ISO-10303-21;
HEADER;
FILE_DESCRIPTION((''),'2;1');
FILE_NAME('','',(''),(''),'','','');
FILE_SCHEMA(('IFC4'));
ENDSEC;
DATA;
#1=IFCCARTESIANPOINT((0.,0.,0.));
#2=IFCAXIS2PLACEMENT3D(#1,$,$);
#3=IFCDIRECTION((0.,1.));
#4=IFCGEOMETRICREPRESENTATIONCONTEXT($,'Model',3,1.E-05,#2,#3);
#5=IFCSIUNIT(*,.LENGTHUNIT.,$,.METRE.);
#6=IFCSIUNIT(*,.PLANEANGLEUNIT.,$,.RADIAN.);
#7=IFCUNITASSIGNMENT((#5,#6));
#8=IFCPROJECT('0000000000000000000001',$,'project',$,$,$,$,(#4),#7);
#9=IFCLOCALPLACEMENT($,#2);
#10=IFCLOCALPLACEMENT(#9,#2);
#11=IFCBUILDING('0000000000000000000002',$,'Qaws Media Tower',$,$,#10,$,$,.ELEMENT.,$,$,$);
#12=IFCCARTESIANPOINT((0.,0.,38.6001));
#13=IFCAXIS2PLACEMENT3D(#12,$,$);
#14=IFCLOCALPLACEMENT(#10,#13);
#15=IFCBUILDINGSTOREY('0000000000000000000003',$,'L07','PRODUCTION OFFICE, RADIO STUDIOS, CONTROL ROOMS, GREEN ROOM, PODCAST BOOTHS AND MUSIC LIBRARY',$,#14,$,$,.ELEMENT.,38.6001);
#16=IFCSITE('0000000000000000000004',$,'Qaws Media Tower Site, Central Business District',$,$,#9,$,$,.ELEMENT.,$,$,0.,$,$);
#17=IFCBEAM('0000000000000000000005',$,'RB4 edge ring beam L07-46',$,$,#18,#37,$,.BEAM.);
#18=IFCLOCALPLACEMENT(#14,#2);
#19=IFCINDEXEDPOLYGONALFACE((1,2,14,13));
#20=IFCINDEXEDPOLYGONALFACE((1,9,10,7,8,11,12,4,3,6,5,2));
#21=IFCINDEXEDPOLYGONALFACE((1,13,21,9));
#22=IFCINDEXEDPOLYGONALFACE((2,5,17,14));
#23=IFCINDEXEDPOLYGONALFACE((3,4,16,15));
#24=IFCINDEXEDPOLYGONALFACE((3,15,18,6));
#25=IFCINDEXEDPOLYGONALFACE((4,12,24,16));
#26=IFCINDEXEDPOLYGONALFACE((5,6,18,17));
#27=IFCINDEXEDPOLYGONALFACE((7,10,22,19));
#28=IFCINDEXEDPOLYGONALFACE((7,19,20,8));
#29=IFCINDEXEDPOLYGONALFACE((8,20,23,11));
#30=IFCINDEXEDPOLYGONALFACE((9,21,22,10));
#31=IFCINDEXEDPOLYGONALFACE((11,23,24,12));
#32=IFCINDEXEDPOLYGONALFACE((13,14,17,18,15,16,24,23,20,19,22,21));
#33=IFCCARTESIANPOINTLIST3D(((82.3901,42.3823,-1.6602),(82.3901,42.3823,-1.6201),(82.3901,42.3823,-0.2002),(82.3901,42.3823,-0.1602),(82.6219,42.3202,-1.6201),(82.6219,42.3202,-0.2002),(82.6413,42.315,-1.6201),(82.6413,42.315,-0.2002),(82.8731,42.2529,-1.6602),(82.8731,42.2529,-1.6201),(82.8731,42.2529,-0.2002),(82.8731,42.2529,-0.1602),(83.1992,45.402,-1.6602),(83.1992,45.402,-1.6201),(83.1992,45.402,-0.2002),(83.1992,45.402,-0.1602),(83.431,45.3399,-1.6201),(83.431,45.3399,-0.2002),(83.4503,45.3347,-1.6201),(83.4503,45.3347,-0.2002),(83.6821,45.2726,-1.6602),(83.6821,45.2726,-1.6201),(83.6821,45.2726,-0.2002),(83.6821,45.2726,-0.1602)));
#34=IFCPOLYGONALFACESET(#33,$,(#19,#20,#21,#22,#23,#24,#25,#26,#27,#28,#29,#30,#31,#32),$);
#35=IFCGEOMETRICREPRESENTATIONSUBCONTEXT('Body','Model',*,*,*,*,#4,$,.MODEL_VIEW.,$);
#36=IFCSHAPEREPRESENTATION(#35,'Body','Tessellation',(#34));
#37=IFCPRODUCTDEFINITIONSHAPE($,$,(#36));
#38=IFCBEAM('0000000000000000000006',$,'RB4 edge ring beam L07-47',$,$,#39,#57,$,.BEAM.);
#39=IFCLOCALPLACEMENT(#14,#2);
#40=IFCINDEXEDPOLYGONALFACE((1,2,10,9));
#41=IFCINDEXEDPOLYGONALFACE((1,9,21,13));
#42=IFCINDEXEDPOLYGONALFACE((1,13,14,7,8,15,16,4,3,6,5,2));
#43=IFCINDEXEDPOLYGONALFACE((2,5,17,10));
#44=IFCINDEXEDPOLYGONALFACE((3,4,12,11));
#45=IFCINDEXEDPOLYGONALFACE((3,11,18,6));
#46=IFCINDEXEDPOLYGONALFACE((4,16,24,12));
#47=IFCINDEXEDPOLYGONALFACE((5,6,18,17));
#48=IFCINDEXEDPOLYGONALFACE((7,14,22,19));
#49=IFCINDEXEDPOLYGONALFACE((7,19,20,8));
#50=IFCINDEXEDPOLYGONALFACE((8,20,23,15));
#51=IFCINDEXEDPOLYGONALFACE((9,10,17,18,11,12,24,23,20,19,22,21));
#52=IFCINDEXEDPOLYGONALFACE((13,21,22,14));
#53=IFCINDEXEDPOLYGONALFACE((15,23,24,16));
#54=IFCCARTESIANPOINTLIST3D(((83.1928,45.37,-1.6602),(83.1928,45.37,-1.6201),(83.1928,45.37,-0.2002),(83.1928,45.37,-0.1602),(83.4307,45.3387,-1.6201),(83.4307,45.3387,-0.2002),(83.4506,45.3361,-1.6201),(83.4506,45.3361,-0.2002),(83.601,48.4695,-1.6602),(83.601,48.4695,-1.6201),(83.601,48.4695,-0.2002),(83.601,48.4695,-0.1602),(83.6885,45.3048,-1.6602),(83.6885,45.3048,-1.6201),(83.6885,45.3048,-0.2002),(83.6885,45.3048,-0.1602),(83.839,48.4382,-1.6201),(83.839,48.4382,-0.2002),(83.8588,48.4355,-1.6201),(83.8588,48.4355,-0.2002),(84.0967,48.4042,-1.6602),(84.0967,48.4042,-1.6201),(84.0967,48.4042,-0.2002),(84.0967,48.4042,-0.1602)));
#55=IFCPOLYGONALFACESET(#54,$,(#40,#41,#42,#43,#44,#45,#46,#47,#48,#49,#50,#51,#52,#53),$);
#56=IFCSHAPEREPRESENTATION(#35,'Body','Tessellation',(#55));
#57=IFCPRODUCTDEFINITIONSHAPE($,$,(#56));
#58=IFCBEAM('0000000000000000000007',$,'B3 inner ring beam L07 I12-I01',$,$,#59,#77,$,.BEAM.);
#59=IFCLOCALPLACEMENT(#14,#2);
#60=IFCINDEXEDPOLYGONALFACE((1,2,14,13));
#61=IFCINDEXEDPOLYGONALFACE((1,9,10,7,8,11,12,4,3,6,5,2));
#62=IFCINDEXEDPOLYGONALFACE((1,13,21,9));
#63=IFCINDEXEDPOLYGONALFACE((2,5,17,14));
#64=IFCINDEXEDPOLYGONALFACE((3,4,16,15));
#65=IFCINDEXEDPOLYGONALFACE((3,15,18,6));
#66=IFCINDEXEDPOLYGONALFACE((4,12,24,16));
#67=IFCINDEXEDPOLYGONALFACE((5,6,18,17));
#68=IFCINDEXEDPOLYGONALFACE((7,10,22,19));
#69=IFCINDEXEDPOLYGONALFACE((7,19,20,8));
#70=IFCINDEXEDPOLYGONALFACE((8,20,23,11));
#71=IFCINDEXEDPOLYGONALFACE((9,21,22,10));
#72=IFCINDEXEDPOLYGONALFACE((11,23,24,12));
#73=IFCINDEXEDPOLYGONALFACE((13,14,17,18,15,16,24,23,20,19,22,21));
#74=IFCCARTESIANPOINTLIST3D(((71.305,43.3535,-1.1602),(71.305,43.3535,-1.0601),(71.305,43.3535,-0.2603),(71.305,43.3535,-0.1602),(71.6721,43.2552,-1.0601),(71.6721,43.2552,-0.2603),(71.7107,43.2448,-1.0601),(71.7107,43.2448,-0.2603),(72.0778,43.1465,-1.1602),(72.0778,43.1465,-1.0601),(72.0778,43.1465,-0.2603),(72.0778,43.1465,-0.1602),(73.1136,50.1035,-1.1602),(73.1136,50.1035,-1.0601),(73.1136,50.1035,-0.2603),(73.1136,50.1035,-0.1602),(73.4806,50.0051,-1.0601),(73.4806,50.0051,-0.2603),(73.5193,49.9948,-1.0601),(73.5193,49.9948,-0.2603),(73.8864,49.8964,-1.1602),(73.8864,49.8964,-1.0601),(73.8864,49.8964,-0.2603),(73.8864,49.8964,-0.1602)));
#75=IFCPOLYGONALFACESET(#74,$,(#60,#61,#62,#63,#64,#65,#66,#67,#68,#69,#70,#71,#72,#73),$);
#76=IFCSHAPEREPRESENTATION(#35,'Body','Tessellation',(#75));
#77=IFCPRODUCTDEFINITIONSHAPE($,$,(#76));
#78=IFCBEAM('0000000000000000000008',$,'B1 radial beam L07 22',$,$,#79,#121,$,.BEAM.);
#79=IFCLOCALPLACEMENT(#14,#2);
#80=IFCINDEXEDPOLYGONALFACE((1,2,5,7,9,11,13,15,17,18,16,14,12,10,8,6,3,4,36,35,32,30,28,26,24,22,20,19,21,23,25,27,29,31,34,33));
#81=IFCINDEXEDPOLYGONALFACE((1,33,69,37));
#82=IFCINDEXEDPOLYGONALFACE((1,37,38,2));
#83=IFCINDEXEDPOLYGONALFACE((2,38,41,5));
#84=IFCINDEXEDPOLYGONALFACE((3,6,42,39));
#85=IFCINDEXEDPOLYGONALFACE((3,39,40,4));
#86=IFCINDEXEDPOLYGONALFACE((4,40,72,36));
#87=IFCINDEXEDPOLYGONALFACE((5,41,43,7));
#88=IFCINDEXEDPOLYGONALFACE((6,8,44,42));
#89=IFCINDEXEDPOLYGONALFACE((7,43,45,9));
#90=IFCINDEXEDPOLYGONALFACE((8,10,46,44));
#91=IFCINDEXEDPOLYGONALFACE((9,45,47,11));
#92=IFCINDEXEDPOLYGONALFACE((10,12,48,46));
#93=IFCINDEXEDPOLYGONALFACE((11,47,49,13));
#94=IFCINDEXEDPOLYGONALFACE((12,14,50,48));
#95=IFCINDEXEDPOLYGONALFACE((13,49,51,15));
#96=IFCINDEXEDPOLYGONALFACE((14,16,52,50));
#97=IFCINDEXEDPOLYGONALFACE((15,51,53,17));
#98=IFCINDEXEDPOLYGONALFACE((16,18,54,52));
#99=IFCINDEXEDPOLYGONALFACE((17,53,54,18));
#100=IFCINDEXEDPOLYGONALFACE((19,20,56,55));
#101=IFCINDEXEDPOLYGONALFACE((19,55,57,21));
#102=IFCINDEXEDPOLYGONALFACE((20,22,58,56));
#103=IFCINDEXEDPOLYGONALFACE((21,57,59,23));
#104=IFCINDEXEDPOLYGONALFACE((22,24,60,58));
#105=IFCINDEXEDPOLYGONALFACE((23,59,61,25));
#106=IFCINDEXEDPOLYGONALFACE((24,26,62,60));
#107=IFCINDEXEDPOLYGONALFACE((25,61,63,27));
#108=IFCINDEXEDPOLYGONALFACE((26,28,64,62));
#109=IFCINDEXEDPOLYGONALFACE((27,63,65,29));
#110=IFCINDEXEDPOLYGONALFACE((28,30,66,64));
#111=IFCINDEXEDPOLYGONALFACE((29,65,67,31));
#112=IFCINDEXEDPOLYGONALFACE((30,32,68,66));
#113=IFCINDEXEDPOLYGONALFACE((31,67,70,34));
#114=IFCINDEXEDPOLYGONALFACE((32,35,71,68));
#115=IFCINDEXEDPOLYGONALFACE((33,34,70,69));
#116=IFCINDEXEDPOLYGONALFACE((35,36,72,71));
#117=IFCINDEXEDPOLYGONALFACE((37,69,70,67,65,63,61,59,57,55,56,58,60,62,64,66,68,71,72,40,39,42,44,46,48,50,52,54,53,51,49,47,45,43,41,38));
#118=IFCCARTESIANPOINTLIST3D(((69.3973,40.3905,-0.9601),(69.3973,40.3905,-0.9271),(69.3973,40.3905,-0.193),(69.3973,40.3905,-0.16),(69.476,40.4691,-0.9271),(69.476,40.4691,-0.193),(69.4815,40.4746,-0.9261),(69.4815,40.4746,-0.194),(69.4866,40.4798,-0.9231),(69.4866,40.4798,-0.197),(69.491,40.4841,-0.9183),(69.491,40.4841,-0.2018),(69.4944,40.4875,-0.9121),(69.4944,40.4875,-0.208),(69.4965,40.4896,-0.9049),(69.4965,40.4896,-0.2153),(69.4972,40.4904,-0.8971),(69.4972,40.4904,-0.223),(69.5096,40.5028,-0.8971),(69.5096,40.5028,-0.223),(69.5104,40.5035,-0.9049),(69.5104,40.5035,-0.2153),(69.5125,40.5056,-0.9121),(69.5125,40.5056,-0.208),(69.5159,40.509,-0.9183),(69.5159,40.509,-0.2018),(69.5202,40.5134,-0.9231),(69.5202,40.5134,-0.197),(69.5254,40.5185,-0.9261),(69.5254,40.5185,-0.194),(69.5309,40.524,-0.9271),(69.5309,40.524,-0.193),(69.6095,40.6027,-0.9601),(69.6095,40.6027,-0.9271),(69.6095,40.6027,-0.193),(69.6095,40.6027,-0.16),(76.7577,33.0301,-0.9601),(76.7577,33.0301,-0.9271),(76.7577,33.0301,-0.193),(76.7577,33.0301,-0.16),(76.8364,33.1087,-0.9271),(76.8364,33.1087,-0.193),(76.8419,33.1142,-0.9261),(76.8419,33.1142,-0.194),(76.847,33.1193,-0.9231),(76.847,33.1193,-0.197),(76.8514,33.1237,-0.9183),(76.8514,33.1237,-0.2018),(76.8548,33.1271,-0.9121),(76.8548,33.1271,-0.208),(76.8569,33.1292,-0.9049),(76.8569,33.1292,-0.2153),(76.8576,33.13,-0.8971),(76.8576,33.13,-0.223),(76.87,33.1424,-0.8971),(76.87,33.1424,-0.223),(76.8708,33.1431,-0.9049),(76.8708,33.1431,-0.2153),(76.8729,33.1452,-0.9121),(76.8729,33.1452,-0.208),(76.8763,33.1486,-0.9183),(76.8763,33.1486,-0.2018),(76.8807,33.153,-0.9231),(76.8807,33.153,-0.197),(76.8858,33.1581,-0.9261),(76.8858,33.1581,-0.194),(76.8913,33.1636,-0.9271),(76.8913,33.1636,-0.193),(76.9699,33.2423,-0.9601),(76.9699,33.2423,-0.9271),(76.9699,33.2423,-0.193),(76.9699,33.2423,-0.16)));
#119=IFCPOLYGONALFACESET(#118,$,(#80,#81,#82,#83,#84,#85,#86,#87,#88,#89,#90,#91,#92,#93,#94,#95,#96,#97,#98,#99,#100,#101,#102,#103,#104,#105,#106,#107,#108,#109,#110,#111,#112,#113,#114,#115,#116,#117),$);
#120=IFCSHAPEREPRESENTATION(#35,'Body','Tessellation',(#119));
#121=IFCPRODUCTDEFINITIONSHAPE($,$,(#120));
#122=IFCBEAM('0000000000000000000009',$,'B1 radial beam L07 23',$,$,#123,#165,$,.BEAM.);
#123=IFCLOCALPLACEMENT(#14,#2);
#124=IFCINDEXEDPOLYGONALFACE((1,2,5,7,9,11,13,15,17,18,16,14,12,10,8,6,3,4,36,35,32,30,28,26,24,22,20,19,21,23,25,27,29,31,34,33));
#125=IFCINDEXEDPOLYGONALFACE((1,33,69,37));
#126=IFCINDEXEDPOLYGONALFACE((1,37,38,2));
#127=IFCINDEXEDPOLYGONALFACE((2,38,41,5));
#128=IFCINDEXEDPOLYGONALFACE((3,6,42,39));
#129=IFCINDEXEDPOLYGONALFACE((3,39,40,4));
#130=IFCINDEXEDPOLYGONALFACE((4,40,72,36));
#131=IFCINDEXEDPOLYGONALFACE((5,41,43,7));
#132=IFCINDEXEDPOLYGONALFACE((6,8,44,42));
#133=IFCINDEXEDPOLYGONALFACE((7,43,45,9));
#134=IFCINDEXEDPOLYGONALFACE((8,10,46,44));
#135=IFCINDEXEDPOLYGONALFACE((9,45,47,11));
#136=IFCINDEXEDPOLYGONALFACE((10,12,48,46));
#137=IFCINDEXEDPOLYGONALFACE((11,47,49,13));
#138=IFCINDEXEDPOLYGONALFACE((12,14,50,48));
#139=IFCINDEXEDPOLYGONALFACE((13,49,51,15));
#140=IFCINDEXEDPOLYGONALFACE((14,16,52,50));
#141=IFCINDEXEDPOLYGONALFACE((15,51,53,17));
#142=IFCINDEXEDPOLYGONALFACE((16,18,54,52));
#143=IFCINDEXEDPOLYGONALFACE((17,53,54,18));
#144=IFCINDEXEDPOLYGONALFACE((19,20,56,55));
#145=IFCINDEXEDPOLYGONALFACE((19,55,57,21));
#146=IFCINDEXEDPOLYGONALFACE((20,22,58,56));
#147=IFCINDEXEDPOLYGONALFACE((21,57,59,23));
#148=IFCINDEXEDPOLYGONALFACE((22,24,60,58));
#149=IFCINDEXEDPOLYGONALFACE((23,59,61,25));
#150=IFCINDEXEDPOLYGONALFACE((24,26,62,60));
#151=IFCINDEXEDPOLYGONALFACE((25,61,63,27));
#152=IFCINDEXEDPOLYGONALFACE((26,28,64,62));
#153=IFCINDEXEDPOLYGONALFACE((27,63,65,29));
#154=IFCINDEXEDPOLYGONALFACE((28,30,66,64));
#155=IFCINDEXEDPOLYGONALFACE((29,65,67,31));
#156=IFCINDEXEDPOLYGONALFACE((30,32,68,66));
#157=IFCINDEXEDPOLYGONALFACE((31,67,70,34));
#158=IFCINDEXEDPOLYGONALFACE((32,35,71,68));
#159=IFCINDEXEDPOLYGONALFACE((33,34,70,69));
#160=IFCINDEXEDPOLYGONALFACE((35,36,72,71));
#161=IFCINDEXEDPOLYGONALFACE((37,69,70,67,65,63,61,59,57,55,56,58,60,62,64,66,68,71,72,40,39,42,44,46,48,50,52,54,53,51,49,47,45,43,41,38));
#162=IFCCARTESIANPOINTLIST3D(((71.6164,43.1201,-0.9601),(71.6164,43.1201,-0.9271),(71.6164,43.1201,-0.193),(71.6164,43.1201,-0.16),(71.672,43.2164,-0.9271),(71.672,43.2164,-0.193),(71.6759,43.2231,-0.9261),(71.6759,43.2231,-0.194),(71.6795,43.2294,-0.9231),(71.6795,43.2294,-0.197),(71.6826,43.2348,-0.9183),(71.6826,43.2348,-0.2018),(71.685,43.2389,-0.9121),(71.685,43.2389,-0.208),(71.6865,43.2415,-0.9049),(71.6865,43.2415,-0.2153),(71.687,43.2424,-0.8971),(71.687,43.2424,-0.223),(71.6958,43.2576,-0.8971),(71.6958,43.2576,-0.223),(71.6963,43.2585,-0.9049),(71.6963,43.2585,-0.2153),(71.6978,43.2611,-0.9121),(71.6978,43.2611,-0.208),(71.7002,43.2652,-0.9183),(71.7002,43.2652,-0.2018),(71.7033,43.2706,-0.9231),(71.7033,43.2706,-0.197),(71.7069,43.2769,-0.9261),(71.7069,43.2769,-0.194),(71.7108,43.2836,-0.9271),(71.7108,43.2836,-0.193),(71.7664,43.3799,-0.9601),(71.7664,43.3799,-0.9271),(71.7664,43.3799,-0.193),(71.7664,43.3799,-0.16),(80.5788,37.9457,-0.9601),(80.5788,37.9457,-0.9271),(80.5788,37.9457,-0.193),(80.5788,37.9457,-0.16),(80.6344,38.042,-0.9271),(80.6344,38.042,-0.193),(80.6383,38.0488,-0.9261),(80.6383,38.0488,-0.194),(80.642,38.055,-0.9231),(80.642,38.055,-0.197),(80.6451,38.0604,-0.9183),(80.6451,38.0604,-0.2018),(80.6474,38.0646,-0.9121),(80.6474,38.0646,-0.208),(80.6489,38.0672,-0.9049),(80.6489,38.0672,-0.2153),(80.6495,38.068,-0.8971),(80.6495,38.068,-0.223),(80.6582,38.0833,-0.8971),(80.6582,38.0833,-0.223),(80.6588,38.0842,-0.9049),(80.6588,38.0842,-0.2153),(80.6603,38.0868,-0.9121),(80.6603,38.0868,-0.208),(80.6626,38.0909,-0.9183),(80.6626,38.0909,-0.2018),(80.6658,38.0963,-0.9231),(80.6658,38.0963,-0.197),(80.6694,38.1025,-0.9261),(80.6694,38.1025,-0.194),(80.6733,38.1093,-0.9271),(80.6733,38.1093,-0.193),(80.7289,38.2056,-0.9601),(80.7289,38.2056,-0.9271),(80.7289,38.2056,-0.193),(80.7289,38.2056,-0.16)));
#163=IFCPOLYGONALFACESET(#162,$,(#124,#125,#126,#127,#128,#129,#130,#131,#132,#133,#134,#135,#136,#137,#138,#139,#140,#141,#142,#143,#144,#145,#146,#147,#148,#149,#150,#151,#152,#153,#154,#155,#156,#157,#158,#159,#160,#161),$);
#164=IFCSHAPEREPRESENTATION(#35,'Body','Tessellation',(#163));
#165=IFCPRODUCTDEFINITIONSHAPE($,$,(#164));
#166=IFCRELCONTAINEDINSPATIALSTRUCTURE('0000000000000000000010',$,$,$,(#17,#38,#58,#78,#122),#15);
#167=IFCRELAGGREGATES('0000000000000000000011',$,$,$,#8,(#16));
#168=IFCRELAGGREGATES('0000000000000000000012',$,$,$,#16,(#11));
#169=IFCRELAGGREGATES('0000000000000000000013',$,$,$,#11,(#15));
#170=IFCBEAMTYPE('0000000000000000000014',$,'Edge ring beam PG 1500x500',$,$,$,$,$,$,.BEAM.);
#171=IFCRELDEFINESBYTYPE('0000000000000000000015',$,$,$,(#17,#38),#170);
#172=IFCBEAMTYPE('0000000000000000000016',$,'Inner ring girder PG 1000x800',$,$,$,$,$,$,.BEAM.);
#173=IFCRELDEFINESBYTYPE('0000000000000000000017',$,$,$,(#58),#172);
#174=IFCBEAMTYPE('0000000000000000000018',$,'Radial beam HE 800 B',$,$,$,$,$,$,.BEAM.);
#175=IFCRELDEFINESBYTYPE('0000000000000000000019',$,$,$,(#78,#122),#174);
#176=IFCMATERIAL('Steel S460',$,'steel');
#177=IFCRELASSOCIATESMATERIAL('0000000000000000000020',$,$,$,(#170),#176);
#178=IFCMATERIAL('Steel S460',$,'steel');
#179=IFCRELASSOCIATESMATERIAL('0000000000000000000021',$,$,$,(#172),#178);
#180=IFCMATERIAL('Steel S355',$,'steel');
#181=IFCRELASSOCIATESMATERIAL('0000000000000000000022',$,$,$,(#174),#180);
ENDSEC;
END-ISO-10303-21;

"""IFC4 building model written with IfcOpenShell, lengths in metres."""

from ifc_helpers import new_model, si_unit, direction, frame, origin, origin_2d, place, context, subcontext, project, spatial, i_section, extrude, material, material_profile, profile_set, type_object, element, save


model = new_model("IFC4")

# Units and contexts
model_context = context("Model", 3, precision=1e-05, world=origin(), true_north=direction((0.0, 1.0)))
body_context = subcontext(model_context, "Body", "Model", "MODEL_VIEW")
ifc_project = project(units=[si_unit("LENGTHUNIT", "METRE"), si_unit("PLANEANGLEUNIT", "RADIAN")], contexts=[model_context])

# Site, building, storey
site_placement = place(None, origin())
site = spatial("IfcSite", under=ifc_project, at=site_placement, Name="Qaws Media Tower Site, Central Business District", CompositionType="ELEMENT", RefElevation=0.0)
building_placement = place(site_placement, origin())
building = spatial("IfcBuilding", under=site, at=building_placement, Name="Qaws Media Tower", CompositionType="ELEMENT")
storey_placement = place(building_placement, frame((0.0, 0.0, 38.6001)))
storey = spatial("IfcBuildingStorey", under=building, at=storey_placement, Name="L07", Description="PRODUCTION OFFICE, RADIO STUDIOS, CONTROL ROOMS, GREEN ROOM, PODCAST BOOTHS AND MUSIC LIBRARY", CompositionType="ELEMENT", Elevation=38.6001)

# Beams
ifc_material_1 = material(Name="Steel S460", Category="steel")
ifc_material_profile_1 = material_profile(ifc_material_1, i_section(OverallWidth=0.5, OverallDepth=1.5, WebThickness=0.02, FlangeThickness=0.04, at=origin_2d()), Name="PG 1500x500")
ifc_profile_set_1 = profile_set([ifc_material_profile_1], Name="Steel S460")
beam_type_1 = type_object("IfcBeamType", Name="Edge ring beam PG 1500x500", PredefinedType="BEAM", material=ifc_profile_set_1)
for number, where, z_axis, x_axis, name in (
    (1, (82.6316, 42.3176, -0.9102), (0.2588, 0.965931, 0.0), (-0.965931, 0.2588, 0.0), "RB4 edge ring beam L07-46"),
    (2, (83.4407, 45.3374, -0.9102), (0.130578, 0.991438, 0.0), (-0.991438, 0.130578, 0.0), "RB4 edge ring beam L07-47"),
):
    element("IfcBeam", number, at=place(storey_placement, frame(where, z_axis=z_axis, x_axis=x_axis)), inside=storey, type_object=beam_type_1, Name=name, PredefinedType="BEAM", context=body_context, shape_type="SweptSolid", body=[
        extrude(i_section(OverallWidth=0.5, OverallDepth=1.5, WebThickness=0.02, FlangeThickness=0.04, at=origin_2d()), origin(), (0.0, 0.0, 1.0), 3.1262),
    ])
ifc_material_2 = material(Name="Steel S460", Category="steel")
ifc_material_profile_2 = material_profile(ifc_material_2, i_section(OverallWidth=0.8, OverallDepth=1.0, WebThickness=0.04, FlangeThickness=0.1001, at=origin_2d()), Name="PG 1000x800")
ifc_profile_set_2 = profile_set([ifc_material_profile_2], Name="Steel S460")
beam_type_2 = type_object("IfcBeamType", Name="Inner ring girder PG 1000x800", PredefinedType="BEAM", material=ifc_profile_set_2)
beam_1_placement = place(storey_placement, frame((71.6914, 43.25, -0.6602), z_axis=(0.258811, 0.965928, 0.0), x_axis=(-0.965928, 0.258811, 0.0)))
element("IfcBeam", 3, at=beam_1_placement, inside=storey, type_object=beam_type_2, Name="B3 inner ring beam L07 I12-I01", PredefinedType="BEAM", context=body_context, shape_type="SweptSolid", body=[
    extrude(i_section(OverallWidth=0.8, OverallDepth=1.0, WebThickness=0.04, FlangeThickness=0.1001, at=origin_2d()), origin(), (0.0, 0.0, 1.0), 6.988),
])
ifc_material_3 = material(Name="Steel S355", Category="steel")
ifc_material_profile_3 = material_profile(ifc_material_3, i_section(OverallWidth=0.3, OverallDepth=0.8, WebThickness=0.0176, FlangeThickness=0.033, FilletRadius=0.03, at=origin_2d()), Name="HE 800 B")
ifc_profile_set_3 = profile_set([ifc_material_profile_3], Name="Steel S355")
beam_type_3 = type_object("IfcBeamType", Name="Radial beam HE 800 B", PredefinedType="BEAM", material=ifc_profile_set_3)
beam_2_placement = place(storey_placement, frame((69.5034, 40.4966, -0.5601), z_axis=(0.707107, -0.707107, 0.0), x_axis=(0.707107, 0.707107, 0.0)))
element("IfcBeam", 4, at=beam_2_placement, inside=storey, type_object=beam_type_3, Name="B1 radial beam L07 22", PredefinedType="BEAM", context=body_context, shape_type="SweptSolid", body=[
    extrude(i_section(OverallWidth=0.3, OverallDepth=0.8, WebThickness=0.0176, FlangeThickness=0.033, FilletRadius=0.03, at=origin_2d()), origin(), (0.0, 0.0, 1.0), 10.4092),
])
beam_3_placement = place(storey_placement, frame((71.6914, 43.25, -0.5601), z_axis=(0.866031, -0.499991, 0.0), x_axis=(0.499991, 0.866031, 0.0)))
element("IfcBeam", 5, at=beam_3_placement, inside=storey, type_object=beam_type_3, Name="B1 radial beam L07 23", PredefinedType="BEAM", context=body_context, shape_type="SweptSolid", body=[
    extrude(i_section(OverallWidth=0.3, OverallDepth=0.8, WebThickness=0.0176, FlangeThickness=0.033, FilletRadius=0.03, at=origin_2d()), origin(), (0.0, 0.0, 1.0), 10.3489),
])

save(model, "model.ifc")
